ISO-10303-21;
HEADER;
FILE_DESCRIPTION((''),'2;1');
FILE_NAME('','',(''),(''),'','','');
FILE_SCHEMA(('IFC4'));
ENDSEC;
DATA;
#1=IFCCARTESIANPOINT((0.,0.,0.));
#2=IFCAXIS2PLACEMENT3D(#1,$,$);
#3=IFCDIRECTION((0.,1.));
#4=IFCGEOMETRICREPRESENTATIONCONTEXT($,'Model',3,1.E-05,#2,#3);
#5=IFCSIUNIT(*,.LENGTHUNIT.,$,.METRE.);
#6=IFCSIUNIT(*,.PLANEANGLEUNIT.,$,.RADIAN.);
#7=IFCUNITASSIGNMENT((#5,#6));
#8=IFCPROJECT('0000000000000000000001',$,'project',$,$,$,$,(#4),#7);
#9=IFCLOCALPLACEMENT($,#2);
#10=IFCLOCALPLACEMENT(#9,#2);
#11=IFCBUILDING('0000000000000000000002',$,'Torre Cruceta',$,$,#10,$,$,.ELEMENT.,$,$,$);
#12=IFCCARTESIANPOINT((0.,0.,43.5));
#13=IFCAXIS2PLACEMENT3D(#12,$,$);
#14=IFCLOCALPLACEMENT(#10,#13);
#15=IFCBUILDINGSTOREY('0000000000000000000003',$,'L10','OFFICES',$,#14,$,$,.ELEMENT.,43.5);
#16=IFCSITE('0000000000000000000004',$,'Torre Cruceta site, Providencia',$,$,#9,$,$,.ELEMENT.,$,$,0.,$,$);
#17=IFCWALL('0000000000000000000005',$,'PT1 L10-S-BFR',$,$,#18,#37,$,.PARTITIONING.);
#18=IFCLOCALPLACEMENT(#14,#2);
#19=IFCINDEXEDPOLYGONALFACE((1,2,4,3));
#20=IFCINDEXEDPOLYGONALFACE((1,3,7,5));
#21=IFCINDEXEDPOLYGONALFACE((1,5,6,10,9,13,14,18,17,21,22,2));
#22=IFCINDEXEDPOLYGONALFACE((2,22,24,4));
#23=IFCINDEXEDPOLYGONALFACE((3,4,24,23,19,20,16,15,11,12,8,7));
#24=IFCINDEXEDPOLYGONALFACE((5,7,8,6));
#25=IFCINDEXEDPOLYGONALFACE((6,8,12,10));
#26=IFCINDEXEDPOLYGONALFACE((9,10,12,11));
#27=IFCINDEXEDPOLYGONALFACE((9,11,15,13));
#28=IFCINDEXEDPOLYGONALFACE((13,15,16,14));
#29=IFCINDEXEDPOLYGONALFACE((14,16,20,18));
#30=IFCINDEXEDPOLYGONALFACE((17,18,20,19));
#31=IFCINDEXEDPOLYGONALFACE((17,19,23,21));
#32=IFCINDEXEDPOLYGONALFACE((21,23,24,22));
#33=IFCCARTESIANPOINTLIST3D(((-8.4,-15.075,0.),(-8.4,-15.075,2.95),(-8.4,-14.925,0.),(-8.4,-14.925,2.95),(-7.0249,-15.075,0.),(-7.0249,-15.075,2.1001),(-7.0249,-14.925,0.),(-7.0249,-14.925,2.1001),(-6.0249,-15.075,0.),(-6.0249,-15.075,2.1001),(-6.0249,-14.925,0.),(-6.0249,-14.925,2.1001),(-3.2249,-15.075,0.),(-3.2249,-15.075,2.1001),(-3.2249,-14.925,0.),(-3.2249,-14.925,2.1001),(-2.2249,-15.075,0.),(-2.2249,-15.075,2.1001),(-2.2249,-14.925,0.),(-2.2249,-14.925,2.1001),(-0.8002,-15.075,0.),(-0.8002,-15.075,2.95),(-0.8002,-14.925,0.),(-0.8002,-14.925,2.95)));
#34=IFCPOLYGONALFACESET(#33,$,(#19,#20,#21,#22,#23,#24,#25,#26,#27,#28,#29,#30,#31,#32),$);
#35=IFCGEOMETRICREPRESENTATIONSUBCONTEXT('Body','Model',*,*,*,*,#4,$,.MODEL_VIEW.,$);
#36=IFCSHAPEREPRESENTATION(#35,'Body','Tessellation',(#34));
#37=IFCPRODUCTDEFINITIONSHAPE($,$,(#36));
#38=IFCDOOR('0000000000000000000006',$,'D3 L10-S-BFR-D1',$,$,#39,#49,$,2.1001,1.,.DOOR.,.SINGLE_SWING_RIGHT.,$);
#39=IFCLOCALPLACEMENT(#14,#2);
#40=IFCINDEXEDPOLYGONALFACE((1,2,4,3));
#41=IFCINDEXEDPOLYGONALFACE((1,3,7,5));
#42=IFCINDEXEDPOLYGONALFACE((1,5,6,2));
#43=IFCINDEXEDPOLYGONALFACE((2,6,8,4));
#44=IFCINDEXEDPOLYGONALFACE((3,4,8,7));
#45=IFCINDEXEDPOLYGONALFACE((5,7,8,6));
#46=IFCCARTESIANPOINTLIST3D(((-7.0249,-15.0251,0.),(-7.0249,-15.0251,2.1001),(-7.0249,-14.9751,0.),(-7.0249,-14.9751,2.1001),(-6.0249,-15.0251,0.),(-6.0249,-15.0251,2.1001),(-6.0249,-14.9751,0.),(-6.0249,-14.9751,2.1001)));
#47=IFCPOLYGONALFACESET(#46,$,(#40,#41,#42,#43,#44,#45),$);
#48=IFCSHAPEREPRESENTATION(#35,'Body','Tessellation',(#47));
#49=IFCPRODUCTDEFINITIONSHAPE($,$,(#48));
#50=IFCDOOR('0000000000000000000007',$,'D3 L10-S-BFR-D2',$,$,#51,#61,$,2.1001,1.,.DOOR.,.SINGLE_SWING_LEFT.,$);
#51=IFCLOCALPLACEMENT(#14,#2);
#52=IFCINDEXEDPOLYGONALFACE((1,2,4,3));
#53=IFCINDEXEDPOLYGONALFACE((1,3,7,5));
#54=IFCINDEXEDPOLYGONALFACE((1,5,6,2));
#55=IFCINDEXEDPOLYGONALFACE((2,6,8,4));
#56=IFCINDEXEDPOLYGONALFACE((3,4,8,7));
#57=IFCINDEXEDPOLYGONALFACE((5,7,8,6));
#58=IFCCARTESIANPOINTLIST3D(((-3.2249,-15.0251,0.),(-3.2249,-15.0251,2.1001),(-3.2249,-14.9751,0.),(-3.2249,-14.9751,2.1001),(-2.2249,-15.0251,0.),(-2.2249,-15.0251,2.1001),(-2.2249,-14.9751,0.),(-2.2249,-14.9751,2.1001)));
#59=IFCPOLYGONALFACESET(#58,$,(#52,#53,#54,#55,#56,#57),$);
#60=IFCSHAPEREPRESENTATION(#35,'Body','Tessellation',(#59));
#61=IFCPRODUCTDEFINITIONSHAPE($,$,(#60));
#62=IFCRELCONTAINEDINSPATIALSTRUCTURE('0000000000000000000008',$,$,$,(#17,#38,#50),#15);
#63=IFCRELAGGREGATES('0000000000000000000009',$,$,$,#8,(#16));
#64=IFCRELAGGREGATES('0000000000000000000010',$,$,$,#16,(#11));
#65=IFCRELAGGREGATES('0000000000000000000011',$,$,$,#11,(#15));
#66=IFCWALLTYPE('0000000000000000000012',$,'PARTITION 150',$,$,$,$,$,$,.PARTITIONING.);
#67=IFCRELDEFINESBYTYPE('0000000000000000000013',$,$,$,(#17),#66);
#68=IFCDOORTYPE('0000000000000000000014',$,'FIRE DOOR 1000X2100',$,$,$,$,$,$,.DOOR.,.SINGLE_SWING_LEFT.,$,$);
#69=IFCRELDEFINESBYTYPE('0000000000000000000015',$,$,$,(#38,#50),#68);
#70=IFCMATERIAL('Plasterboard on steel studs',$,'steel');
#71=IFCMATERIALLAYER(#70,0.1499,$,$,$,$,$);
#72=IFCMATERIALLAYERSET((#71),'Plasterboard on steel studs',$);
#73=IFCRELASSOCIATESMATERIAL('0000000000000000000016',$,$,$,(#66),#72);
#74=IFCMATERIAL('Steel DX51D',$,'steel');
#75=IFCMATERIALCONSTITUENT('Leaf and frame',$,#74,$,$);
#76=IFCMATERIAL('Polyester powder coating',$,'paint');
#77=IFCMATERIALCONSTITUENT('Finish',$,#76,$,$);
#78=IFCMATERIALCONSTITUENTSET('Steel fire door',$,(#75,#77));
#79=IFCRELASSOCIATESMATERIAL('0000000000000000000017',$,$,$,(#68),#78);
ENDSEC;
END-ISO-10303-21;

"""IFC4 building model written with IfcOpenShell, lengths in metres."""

from ifc_helpers import new_model, si_unit, direction, frame, frame_2d, origin, place, context, subcontext, project, spatial, rectangle, extrude, material, layer, layer_set, constituent, constituent_set, type_object, element, fill, save


model = new_model("IFC4")

# Units and contexts
model_context = context("Model", 3, precision=1e-05, world=origin(), true_north=direction((0.0, 1.0)))
body_context = subcontext(model_context, "Body", "Model", "MODEL_VIEW")
ifc_project = project(units=[si_unit("LENGTHUNIT", "METRE"), si_unit("PLANEANGLEUNIT", "RADIAN")], contexts=[model_context])

# Site, building, storey
site_placement = place(None, origin())
site = spatial("IfcSite", under=ifc_project, at=site_placement, Name="Torre Cruceta site, Providencia", CompositionType="ELEMENT", RefElevation=0.0)
building_placement = place(site_placement, origin())
building = spatial("IfcBuilding", under=site, at=building_placement, Name="Torre Cruceta", CompositionType="ELEMENT")
storey_placement = place(building_placement, frame((0.0, 0.0, 43.5)))
storey = spatial("IfcBuildingStorey", under=building, at=storey_placement, Name="L10", Description="OFFICES", CompositionType="ELEMENT", Elevation=43.5)

# Wall, openings, doors
ifc_material_1 = material(Name="Plasterboard on steel studs", Category="steel")
ifc_layer_1 = layer(ifc_material_1, 0.1499)
ifc_layer_set_1 = layer_set([ifc_layer_1], Name="Plasterboard on steel studs")
wall_type_1 = type_object("IfcWallType", Name="PARTITION 150", PredefinedType="PARTITIONING", material=ifc_layer_set_1)
wall_1_placement = place(storey_placement, frame((-8.3999, -15.0, 0.0), z_axis=(0.0, 0.0, 1.0), x_axis=(1.0, 0.0, 0.0)))
wall_1 = element("IfcWall", 1, at=wall_1_placement, inside=storey, type_object=wall_type_1, Name="PT1 L10-S-BFR", PredefinedType="PARTITIONING", context=body_context, shape_type="SweptSolid", body=[
    extrude(rectangle(XDim=7.5999, YDim=0.1499, at=frame_2d((3.7998, 0.0))), origin(), (0.0, 0.0, 1.0), 2.95),
])
opening_1_placement = place(wall_1_placement, frame((1.375, 0.0, 0.0)))
opening_1 = element("IfcOpeningElement", 2, at=opening_1_placement, cuts=wall_1, PredefinedType="OPENING", context=body_context, shape_type="SweptSolid", body=[
    extrude(rectangle(XDim=1.0, YDim=2.1001, at=frame_2d((0.5, 1.05))), frame((0.0, 0.085, 0.0), z_axis=(0.0, -1.0, 0.0), x_axis=(1.0, 0.0, 0.0)), (0.0, 0.0, 1.0), 0.1699),
])
opening_2_placement = place(wall_1_placement, frame((5.175, 0.0, 0.0)))
opening_2 = element("IfcOpeningElement", 3, at=opening_2_placement, cuts=wall_1, PredefinedType="OPENING", context=body_context, shape_type="SweptSolid", body=[
    extrude(rectangle(XDim=1.0, YDim=2.1001, at=frame_2d((0.5, 1.05))), frame((0.0, 0.085, 0.0), z_axis=(0.0, -1.0, 0.0), x_axis=(1.0, 0.0, 0.0)), (0.0, 0.0, 1.0), 0.1699),
])
ifc_material_2 = material(Name="Steel DX51D", Category="steel")
ifc_constituent_1 = constituent(ifc_material_2, Name="Leaf and frame")
ifc_material_3 = material(Name="Polyester powder coating", Category="paint")
ifc_constituent_2 = constituent(ifc_material_3, Name="Finish")
ifc_constituent_set_1 = constituent_set(constituents=[ifc_constituent_1, ifc_constituent_2], Name="Steel fire door")
door_type = type_object("IfcDoorType", Name="FIRE DOOR 1000X2100", OperationType="SINGLE_SWING_LEFT", PredefinedType="DOOR", material=ifc_constituent_set_1)
door_1_placement = place(opening_1_placement, origin())
door_1 = element("IfcDoor", 4, at=door_1_placement, inside=storey, type_object=door_type, Name="D3 L10-S-BFR-D1", OperationType="SINGLE_SWING_RIGHT", OverallHeight=2.1001, OverallWidth=1.0, PredefinedType="DOOR", context=body_context, shape_type="SweptSolid", body=[
    extrude(rectangle(XDim=1.0, YDim=2.1001, at=frame_2d((0.5, 1.05))), frame((0.0, 0.0249, 0.0), z_axis=(0.0, -1.0, 0.0), x_axis=(1.0, 0.0, 0.0)), (0.0, 0.0, 1.0), 0.05),
])
fill(opening_1, door_1)
door_2_placement = place(opening_2_placement, origin())
door_2 = element("IfcDoor", 5, at=door_2_placement, inside=storey, type_object=door_type, Name="D3 L10-S-BFR-D2", OperationType="SINGLE_SWING_LEFT", OverallHeight=2.1001, OverallWidth=1.0, PredefinedType="DOOR", context=body_context, shape_type="SweptSolid", body=[
    extrude(rectangle(XDim=1.0, YDim=2.1001, at=frame_2d((0.5, 1.05))), frame((0.0, 0.0249, 0.0), z_axis=(0.0, -1.0, 0.0), x_axis=(1.0, 0.0, 0.0)), (0.0, 0.0, 1.0), 0.05),
])
fill(opening_2, door_2)

save(model, "model.ifc")
